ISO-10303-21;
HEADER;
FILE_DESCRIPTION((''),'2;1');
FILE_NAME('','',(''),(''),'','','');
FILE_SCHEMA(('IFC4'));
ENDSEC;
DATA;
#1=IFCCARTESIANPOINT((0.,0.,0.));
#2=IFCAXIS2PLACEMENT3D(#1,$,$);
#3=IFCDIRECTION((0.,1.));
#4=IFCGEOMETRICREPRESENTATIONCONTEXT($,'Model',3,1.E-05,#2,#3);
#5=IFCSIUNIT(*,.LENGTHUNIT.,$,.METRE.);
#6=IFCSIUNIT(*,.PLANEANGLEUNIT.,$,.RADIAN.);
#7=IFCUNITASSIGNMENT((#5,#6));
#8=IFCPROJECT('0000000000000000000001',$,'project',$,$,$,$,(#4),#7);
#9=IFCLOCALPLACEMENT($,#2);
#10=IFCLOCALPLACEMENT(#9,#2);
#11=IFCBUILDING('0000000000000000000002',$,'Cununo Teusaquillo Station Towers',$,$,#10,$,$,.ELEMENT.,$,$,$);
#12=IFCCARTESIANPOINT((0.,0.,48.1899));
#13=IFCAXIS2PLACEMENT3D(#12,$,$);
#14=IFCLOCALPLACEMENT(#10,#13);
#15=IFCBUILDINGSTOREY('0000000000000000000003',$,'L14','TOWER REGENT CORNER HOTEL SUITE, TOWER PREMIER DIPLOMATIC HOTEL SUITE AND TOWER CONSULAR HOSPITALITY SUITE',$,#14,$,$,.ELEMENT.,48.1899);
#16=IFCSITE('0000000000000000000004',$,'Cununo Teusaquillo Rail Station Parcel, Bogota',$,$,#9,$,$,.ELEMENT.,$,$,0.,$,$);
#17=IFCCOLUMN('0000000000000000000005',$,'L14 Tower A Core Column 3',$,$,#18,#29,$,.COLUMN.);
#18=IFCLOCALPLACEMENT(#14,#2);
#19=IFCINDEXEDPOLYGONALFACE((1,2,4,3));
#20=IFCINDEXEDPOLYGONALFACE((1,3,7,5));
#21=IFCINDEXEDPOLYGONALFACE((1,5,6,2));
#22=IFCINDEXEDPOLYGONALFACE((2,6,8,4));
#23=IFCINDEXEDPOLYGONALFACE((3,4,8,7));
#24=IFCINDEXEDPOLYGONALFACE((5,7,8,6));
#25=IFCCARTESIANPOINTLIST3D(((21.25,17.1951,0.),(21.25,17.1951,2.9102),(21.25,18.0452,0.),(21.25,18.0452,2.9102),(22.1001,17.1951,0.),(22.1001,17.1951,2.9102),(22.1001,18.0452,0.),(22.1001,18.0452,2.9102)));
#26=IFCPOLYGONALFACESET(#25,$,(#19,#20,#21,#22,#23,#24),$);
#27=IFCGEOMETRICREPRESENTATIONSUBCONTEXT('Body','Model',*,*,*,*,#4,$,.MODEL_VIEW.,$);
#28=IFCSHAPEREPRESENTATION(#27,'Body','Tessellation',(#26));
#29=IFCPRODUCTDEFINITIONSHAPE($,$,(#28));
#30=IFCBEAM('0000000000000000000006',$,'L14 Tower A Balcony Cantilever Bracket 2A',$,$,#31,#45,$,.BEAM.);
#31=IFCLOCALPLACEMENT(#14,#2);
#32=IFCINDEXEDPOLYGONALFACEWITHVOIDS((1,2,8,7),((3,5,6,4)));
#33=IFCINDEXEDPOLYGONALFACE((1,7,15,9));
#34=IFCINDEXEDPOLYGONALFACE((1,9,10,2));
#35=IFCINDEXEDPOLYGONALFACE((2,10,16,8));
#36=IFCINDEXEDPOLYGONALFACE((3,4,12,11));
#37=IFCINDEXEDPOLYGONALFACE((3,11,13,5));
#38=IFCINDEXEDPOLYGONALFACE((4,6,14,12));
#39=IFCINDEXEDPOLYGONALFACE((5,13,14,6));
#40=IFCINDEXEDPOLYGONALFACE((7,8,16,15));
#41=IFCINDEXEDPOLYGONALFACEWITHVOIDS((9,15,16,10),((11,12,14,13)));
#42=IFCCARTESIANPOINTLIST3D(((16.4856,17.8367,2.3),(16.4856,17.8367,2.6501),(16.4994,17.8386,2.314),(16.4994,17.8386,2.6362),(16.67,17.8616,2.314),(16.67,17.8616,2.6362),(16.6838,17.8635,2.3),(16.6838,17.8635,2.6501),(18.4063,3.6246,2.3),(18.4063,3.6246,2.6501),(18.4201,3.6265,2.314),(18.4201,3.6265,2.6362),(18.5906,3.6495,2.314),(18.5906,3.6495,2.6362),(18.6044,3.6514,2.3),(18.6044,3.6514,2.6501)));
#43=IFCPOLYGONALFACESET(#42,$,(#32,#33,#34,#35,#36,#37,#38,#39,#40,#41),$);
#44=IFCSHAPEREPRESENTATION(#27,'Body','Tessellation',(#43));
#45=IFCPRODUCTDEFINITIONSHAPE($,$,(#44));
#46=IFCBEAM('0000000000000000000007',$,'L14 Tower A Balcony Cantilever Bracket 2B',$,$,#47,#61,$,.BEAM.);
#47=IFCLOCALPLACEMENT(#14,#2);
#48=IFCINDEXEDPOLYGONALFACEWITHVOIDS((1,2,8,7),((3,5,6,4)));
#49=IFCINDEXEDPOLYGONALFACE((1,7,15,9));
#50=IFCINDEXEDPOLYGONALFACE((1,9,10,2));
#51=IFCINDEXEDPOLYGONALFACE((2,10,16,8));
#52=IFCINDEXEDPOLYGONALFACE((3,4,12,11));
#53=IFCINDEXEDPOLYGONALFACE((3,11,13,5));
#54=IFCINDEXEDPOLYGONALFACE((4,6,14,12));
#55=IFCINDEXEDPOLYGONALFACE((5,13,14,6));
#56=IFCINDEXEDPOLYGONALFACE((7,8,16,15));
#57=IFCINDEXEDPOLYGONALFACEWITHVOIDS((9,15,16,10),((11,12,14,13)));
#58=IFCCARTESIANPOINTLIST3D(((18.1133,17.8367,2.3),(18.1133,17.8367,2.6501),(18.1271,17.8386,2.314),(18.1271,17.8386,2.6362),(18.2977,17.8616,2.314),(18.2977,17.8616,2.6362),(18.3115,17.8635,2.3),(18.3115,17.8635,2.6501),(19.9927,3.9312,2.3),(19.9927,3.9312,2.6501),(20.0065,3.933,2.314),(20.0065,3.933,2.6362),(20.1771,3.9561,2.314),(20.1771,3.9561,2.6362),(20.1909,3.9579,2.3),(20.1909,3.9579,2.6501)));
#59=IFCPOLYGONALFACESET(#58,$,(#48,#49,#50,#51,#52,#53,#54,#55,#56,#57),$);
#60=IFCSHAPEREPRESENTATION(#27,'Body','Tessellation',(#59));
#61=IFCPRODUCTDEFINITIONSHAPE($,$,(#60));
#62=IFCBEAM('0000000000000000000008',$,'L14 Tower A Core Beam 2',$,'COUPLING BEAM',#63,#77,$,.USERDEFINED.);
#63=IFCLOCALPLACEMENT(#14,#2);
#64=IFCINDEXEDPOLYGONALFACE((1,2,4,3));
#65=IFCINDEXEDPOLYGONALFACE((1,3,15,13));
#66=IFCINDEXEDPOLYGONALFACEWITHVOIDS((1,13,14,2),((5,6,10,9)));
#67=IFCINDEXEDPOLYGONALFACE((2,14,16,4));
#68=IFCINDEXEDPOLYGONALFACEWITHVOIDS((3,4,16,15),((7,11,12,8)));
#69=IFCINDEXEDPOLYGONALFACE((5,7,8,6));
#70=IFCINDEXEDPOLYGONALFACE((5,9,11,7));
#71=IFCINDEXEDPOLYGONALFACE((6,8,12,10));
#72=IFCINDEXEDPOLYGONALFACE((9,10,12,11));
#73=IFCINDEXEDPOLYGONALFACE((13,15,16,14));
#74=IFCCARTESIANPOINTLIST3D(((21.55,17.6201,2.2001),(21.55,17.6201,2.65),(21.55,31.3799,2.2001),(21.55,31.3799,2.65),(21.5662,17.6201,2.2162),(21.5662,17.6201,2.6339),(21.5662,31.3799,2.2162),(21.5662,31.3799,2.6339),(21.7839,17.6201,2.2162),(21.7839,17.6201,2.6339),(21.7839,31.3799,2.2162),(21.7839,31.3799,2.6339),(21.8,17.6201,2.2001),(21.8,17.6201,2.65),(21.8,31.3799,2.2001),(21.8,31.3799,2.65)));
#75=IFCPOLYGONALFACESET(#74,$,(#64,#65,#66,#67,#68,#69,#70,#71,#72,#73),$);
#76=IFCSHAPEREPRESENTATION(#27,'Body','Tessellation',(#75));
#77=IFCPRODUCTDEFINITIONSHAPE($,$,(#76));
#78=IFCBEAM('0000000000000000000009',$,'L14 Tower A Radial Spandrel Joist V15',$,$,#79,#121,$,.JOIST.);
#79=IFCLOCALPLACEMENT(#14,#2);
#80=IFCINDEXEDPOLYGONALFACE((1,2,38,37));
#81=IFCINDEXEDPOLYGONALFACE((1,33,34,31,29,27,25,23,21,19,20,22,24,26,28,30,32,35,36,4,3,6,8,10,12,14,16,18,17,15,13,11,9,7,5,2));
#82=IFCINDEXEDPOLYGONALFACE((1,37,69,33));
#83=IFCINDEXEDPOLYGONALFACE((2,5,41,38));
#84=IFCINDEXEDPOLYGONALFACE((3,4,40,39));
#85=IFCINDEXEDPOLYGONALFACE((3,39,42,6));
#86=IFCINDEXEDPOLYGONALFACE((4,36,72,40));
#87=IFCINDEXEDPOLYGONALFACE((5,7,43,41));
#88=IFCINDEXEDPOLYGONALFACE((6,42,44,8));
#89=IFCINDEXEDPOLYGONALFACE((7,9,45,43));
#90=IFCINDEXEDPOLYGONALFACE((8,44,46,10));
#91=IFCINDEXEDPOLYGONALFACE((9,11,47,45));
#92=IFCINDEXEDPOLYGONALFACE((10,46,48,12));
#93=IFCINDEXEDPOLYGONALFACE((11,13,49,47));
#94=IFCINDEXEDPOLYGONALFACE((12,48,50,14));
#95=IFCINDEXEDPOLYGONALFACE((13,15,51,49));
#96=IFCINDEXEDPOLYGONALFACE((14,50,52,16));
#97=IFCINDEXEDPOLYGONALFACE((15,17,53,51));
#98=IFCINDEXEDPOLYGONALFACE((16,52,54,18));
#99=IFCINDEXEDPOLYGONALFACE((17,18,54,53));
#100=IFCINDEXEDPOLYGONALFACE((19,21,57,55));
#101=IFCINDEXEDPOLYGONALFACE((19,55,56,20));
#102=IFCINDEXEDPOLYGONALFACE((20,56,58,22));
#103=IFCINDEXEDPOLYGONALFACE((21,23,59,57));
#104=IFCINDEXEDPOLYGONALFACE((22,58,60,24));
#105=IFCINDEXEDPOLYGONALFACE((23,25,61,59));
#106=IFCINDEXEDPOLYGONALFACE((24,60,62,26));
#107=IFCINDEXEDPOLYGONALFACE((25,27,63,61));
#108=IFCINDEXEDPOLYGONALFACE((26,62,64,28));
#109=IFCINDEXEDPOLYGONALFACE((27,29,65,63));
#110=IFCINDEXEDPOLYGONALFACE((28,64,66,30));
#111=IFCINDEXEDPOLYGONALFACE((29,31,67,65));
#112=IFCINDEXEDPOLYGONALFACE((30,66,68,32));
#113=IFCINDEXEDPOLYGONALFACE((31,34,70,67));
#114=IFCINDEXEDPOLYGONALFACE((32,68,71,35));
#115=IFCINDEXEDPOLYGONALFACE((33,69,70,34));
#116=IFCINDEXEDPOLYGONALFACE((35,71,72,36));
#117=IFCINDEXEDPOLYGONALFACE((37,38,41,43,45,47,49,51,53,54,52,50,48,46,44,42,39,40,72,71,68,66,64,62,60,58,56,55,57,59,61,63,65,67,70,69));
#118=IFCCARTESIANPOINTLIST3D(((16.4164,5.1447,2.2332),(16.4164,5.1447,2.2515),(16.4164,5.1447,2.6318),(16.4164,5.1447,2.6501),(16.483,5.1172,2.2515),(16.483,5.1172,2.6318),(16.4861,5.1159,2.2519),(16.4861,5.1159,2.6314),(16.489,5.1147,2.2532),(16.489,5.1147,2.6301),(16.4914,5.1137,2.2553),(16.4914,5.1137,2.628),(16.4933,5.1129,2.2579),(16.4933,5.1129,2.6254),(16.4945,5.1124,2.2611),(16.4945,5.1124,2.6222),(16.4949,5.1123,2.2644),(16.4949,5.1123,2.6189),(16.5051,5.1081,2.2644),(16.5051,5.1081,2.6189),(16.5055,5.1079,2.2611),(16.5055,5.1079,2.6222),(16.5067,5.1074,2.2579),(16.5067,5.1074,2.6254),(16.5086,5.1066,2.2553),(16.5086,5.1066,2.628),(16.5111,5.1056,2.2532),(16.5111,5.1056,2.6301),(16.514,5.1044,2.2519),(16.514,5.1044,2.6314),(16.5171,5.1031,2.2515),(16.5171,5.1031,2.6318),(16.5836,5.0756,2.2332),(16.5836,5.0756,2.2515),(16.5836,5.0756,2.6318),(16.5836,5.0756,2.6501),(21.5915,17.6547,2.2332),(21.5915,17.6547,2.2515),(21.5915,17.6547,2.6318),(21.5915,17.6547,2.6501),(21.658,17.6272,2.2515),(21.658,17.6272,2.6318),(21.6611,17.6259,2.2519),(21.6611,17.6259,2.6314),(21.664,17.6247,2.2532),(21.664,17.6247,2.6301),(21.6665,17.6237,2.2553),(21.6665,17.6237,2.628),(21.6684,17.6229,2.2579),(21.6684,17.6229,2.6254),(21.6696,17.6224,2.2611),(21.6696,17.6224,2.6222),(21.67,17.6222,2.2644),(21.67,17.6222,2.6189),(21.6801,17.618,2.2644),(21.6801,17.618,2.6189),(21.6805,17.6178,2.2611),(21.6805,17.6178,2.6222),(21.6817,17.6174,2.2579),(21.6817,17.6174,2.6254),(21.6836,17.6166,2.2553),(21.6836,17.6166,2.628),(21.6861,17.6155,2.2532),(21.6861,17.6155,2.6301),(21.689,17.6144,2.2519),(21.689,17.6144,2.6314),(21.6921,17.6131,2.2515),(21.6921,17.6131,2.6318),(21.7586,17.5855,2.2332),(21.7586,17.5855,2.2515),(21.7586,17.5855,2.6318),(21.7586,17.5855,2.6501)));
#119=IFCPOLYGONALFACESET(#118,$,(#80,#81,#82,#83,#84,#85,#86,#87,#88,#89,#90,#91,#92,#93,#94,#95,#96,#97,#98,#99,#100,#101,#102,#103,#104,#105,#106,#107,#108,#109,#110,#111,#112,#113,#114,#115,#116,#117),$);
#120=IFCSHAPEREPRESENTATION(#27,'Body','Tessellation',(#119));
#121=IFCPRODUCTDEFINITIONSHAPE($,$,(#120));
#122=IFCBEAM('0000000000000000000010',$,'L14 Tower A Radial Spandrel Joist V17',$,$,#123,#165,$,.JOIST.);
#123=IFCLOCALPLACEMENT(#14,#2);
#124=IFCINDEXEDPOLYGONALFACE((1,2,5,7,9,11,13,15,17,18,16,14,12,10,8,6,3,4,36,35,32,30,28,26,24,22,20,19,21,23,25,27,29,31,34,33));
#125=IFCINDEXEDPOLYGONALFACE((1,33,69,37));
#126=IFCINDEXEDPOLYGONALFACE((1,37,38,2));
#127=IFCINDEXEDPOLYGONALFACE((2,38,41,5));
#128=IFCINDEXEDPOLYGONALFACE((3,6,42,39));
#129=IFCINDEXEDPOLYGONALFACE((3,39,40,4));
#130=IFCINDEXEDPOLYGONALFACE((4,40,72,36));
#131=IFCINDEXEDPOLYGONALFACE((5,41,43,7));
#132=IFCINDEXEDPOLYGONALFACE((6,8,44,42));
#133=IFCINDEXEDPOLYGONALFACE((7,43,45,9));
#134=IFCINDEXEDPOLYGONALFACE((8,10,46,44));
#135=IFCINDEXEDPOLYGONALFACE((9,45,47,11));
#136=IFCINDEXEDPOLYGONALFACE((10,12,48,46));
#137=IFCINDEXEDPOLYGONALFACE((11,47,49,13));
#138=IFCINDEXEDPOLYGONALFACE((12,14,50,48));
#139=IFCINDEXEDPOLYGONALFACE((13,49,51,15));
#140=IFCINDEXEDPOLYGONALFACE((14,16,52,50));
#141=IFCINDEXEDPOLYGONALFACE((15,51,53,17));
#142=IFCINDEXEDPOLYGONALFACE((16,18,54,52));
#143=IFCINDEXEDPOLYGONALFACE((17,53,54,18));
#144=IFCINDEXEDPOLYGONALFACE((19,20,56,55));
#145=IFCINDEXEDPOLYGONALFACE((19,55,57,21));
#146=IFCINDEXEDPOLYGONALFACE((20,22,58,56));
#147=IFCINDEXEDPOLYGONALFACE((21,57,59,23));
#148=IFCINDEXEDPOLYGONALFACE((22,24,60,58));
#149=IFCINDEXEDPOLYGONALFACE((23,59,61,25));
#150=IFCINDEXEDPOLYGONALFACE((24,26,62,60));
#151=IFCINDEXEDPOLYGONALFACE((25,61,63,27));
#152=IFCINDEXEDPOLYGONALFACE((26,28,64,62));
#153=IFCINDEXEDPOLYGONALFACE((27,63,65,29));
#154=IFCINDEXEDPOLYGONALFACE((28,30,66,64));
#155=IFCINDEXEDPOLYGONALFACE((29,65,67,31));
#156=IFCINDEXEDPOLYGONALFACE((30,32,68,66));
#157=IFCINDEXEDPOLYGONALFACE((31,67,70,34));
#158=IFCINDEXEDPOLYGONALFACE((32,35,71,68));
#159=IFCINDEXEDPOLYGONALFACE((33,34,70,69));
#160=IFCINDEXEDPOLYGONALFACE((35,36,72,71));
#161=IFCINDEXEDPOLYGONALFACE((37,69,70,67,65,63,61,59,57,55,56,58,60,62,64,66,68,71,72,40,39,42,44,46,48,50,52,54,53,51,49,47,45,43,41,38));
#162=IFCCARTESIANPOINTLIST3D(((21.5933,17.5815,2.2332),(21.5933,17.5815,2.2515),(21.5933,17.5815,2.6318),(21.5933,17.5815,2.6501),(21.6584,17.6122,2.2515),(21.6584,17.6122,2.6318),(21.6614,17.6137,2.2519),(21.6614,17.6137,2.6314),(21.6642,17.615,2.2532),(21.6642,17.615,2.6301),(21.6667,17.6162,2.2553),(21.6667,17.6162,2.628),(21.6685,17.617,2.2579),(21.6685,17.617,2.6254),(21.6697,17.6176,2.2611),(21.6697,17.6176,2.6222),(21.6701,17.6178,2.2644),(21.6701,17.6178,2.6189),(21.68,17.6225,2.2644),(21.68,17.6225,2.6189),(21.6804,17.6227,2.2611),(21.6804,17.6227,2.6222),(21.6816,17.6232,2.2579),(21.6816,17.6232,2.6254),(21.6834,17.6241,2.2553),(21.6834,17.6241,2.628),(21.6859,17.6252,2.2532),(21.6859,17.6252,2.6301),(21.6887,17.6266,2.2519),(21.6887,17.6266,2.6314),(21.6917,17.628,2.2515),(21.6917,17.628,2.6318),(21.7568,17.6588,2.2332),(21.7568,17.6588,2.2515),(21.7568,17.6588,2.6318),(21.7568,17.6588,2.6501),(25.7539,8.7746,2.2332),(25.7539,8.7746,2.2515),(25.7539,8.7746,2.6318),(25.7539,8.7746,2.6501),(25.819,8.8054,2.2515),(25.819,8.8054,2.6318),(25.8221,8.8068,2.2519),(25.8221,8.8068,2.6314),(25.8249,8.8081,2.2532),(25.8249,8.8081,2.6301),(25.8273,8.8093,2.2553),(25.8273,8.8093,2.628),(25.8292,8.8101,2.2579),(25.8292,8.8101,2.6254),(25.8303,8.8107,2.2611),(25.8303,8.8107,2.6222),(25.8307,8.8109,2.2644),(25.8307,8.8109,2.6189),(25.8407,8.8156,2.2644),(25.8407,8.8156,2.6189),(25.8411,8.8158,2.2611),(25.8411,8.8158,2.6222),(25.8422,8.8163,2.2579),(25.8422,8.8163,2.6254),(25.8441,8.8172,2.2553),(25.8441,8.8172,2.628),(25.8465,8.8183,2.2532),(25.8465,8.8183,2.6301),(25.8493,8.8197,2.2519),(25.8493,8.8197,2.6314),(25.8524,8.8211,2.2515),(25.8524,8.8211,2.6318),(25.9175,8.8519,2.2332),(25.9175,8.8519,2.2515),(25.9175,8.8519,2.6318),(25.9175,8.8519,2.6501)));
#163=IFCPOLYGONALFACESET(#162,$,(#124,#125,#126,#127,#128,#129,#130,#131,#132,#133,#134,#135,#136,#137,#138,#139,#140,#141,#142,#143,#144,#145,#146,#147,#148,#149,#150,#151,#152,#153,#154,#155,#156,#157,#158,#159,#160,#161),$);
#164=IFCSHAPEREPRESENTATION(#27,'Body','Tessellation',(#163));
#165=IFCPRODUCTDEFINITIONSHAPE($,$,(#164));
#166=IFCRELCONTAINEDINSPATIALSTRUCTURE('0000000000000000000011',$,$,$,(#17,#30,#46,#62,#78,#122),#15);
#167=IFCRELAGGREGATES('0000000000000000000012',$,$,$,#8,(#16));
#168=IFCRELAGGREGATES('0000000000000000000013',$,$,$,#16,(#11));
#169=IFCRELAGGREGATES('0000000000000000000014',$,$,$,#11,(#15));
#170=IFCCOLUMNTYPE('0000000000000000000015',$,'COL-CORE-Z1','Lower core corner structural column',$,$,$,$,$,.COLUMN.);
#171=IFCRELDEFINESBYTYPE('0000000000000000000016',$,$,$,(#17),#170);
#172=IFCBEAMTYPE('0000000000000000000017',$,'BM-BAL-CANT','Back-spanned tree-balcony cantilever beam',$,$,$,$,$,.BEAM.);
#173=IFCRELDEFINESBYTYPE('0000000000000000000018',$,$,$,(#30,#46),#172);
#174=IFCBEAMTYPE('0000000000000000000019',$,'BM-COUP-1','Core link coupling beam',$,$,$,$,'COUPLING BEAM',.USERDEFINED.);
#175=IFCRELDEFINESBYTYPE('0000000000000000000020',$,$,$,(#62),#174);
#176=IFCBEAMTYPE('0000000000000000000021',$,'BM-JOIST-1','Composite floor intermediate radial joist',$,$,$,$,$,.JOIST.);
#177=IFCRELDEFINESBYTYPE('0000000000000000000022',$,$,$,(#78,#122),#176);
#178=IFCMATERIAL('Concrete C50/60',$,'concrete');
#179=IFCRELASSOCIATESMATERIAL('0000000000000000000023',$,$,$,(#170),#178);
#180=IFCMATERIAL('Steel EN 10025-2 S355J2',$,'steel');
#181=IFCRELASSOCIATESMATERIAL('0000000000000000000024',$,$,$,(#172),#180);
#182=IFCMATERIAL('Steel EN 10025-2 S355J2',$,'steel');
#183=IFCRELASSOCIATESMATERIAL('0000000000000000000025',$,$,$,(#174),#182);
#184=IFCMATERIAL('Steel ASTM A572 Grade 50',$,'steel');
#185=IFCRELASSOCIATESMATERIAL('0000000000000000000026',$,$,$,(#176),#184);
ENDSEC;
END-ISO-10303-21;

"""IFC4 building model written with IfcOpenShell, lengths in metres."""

from ifc_helpers import new_model, si_unit, direction, frame, origin, origin_2d, place, context, subcontext, project, spatial, rectangle, hollow_rectangle, i_section, extrude, material, material_profile, profile_set, type_object, element, save


model = new_model("IFC4")

# Units and contexts
model_context = context("Model", 3, precision=1e-05, world=origin(), true_north=direction((0.0, 1.0)))
body_context = subcontext(model_context, "Body", "Model", "MODEL_VIEW")
ifc_project = project(units=[si_unit("LENGTHUNIT", "METRE"), si_unit("PLANEANGLEUNIT", "RADIAN")], contexts=[model_context])

# Site, building, storey
site_placement = place(None, origin())
site = spatial("IfcSite", under=ifc_project, at=site_placement, Name="Cununo Teusaquillo Rail Station Parcel, Bogota", CompositionType="ELEMENT", RefElevation=0.0)
building_placement = place(site_placement, origin())
building = spatial("IfcBuilding", under=site, at=building_placement, Name="Cununo Teusaquillo Station Towers", CompositionType="ELEMENT")
storey_placement = place(building_placement, frame((0.0, 0.0, 48.1899)))
storey = spatial("IfcBuildingStorey", under=building, at=storey_placement, Name="L14", Description="TOWER REGENT CORNER HOTEL SUITE, TOWER PREMIER DIPLOMATIC HOTEL SUITE AND TOWER CONSULAR HOSPITALITY SUITE", CompositionType="ELEMENT", Elevation=48.1899)

# Column
ifc_material_1 = material(Name="Concrete C50/60", Category="concrete")
ifc_material_profile_1 = material_profile(ifc_material_1, rectangle(XDim=0.8501, YDim=0.8501, at=origin_2d()), Name="RC-RECT-850x850")
ifc_profile_set_1 = profile_set([ifc_material_profile_1], Name="Concrete C50/60")
column_type = type_object("IfcColumnType", Name="COL-CORE-Z1", Description="Lower core corner structural column", PredefinedType="COLUMN", material=ifc_profile_set_1)
column_placement = place(storey_placement, frame((21.675, 17.6201, 0.0), z_axis=(0.0, 0.0, 1.0), x_axis=(1.0, 0.0, 0.0)))
element("IfcColumn", 1, at=column_placement, inside=storey, type_object=column_type, Name="L14 Tower A Core Column 3", PredefinedType="COLUMN", context=body_context, shape_type="SweptSolid", body=[
    extrude(rectangle(XDim=0.8501, YDim=0.8501, at=origin_2d()), origin(), (0.0, 0.0, 1.0), 2.9102),
])

# Beams
ifc_material_2 = material(Name="Steel EN 10025-2 S355J2", Category="steel")
ifc_material_profile_2 = material_profile(ifc_material_2, hollow_rectangle(XDim=0.2, YDim=0.3501, WallThickness=0.0139, at=origin_2d()), Name="RHS 350x200x14")
ifc_profile_set_2 = profile_set([ifc_material_profile_2], Name="Steel EN 10025-2 S355J2")
beam_type_1 = type_object("IfcBeamType", Name="BM-BAL-CANT", Description="Back-spanned tree-balcony cantilever beam", PredefinedType="BEAM", material=ifc_profile_set_2)
beam_1_placement = place(storey_placement, frame((16.5847, 17.8501, 2.4751), z_axis=(0.133924, -0.990992, 0.0), x_axis=(0.990992, 0.133924, 0.0)))
element("IfcBeam", 2, at=beam_1_placement, inside=storey, type_object=beam_type_1, Name="L14 Tower A Balcony Cantilever Bracket 2A", PredefinedType="BEAM", context=body_context, shape_type="SweptSolid", body=[
    extrude(hollow_rectangle(XDim=0.2, YDim=0.3501, WallThickness=0.0139, at=origin_2d()), origin(), (0.0, 0.0, 1.0), 14.3413),
])
beam_2_placement = place(storey_placement, frame((18.2124, 17.8501, 2.4751), z_axis=(0.133937, -0.99099, 0.0), x_axis=(0.99099, 0.133937, 0.0)))
element("IfcBeam", 3, at=beam_2_placement, inside=storey, type_object=beam_type_1, Name="L14 Tower A Balcony Cantilever Bracket 2B", PredefinedType="BEAM", context=body_context, shape_type="SweptSolid", body=[
    extrude(hollow_rectangle(XDim=0.2, YDim=0.3501, WallThickness=0.0139, at=origin_2d()), origin(), (0.0, 0.0, 1.0), 14.032),
])
ifc_material_3 = material(Name="Steel EN 10025-2 S355J2", Category="steel")
ifc_material_profile_3 = material_profile(ifc_material_3, hollow_rectangle(XDim=0.25, YDim=0.45, WallThickness=0.0161, at=origin_2d()), Name="RHS 450x250x16")
ifc_profile_set_3 = profile_set([ifc_material_profile_3], Name="Steel EN 10025-2 S355J2")
beam_type_2 = type_object("IfcBeamType", Name="BM-COUP-1", Description="Core link coupling beam", ElementType="COUPLING BEAM", PredefinedType="USERDEFINED", material=ifc_profile_set_3)
beam_3_placement = place(storey_placement, frame((21.675, 17.6201, 2.425), z_axis=(0.0, 1.0, 0.0), x_axis=(-1.0, 0.0, 0.0)))
element("IfcBeam", 4, at=beam_3_placement, inside=storey, type_object=beam_type_2, Name="L14 Tower A Core Beam 2", ObjectType="COUPLING BEAM", PredefinedType="USERDEFINED", context=body_context, shape_type="SweptSolid", body=[
    extrude(hollow_rectangle(XDim=0.25, YDim=0.45, WallThickness=0.0161, at=origin_2d()), origin(), (0.0, 0.0, 1.0), 13.7598),
])
ifc_material_4 = material(Name="Steel ASTM A572 Grade 50", Category="steel")
ifc_material_profile_4 = material_profile(ifc_material_4, i_section(OverallWidth=0.1809, OverallDepth=0.417, WebThickness=0.011, FlangeThickness=0.0183, FilletRadius=0.0129, at=origin_2d()), Name="W16X57")
ifc_profile_set_4 = profile_set([ifc_material_profile_4], Name="Steel ASTM A572 Grade 50")
beam_type_3 = type_object("IfcBeamType", Name="BM-JOIST-1", Description="Composite floor intermediate radial joist", PredefinedType="JOIST", material=ifc_profile_set_4)
beam_4_placement = place(storey_placement, frame((21.675, 17.6201, 2.4417), z_axis=(-0.382257, -0.924056, 0.0), x_axis=(0.924056, -0.382257, 0.0)))
element("IfcBeam", 5, at=beam_4_placement, inside=storey, type_object=beam_type_3, Name="L14 Tower A Radial Spandrel Joist V15", PredefinedType="JOIST", context=body_context, shape_type="SweptSolid", body=[
    extrude(i_section(OverallWidth=0.1809, OverallDepth=0.417, WebThickness=0.011, FlangeThickness=0.0183, FilletRadius=0.0129, at=origin_2d()), origin(), (0.0, 0.0, 1.0), 13.5381),
])
beam_5_placement = place(storey_placement, frame((21.675, 17.6201, 2.4417), z_axis=(0.427161, -0.904176, 0.0), x_axis=(0.904176, 0.427161, 0.0)))
element("IfcBeam", 6, at=beam_5_placement, inside=storey, type_object=beam_type_3, Name="L14 Tower A Radial Spandrel Joist V17", PredefinedType="JOIST", context=body_context, shape_type="SweptSolid", body=[
    extrude(i_section(OverallWidth=0.1809, OverallDepth=0.417, WebThickness=0.011, FlangeThickness=0.0183, FilletRadius=0.0129, at=origin_2d()), origin(), (0.0, 0.0, 1.0), 9.7402),
])

save(model, "model.ifc")
